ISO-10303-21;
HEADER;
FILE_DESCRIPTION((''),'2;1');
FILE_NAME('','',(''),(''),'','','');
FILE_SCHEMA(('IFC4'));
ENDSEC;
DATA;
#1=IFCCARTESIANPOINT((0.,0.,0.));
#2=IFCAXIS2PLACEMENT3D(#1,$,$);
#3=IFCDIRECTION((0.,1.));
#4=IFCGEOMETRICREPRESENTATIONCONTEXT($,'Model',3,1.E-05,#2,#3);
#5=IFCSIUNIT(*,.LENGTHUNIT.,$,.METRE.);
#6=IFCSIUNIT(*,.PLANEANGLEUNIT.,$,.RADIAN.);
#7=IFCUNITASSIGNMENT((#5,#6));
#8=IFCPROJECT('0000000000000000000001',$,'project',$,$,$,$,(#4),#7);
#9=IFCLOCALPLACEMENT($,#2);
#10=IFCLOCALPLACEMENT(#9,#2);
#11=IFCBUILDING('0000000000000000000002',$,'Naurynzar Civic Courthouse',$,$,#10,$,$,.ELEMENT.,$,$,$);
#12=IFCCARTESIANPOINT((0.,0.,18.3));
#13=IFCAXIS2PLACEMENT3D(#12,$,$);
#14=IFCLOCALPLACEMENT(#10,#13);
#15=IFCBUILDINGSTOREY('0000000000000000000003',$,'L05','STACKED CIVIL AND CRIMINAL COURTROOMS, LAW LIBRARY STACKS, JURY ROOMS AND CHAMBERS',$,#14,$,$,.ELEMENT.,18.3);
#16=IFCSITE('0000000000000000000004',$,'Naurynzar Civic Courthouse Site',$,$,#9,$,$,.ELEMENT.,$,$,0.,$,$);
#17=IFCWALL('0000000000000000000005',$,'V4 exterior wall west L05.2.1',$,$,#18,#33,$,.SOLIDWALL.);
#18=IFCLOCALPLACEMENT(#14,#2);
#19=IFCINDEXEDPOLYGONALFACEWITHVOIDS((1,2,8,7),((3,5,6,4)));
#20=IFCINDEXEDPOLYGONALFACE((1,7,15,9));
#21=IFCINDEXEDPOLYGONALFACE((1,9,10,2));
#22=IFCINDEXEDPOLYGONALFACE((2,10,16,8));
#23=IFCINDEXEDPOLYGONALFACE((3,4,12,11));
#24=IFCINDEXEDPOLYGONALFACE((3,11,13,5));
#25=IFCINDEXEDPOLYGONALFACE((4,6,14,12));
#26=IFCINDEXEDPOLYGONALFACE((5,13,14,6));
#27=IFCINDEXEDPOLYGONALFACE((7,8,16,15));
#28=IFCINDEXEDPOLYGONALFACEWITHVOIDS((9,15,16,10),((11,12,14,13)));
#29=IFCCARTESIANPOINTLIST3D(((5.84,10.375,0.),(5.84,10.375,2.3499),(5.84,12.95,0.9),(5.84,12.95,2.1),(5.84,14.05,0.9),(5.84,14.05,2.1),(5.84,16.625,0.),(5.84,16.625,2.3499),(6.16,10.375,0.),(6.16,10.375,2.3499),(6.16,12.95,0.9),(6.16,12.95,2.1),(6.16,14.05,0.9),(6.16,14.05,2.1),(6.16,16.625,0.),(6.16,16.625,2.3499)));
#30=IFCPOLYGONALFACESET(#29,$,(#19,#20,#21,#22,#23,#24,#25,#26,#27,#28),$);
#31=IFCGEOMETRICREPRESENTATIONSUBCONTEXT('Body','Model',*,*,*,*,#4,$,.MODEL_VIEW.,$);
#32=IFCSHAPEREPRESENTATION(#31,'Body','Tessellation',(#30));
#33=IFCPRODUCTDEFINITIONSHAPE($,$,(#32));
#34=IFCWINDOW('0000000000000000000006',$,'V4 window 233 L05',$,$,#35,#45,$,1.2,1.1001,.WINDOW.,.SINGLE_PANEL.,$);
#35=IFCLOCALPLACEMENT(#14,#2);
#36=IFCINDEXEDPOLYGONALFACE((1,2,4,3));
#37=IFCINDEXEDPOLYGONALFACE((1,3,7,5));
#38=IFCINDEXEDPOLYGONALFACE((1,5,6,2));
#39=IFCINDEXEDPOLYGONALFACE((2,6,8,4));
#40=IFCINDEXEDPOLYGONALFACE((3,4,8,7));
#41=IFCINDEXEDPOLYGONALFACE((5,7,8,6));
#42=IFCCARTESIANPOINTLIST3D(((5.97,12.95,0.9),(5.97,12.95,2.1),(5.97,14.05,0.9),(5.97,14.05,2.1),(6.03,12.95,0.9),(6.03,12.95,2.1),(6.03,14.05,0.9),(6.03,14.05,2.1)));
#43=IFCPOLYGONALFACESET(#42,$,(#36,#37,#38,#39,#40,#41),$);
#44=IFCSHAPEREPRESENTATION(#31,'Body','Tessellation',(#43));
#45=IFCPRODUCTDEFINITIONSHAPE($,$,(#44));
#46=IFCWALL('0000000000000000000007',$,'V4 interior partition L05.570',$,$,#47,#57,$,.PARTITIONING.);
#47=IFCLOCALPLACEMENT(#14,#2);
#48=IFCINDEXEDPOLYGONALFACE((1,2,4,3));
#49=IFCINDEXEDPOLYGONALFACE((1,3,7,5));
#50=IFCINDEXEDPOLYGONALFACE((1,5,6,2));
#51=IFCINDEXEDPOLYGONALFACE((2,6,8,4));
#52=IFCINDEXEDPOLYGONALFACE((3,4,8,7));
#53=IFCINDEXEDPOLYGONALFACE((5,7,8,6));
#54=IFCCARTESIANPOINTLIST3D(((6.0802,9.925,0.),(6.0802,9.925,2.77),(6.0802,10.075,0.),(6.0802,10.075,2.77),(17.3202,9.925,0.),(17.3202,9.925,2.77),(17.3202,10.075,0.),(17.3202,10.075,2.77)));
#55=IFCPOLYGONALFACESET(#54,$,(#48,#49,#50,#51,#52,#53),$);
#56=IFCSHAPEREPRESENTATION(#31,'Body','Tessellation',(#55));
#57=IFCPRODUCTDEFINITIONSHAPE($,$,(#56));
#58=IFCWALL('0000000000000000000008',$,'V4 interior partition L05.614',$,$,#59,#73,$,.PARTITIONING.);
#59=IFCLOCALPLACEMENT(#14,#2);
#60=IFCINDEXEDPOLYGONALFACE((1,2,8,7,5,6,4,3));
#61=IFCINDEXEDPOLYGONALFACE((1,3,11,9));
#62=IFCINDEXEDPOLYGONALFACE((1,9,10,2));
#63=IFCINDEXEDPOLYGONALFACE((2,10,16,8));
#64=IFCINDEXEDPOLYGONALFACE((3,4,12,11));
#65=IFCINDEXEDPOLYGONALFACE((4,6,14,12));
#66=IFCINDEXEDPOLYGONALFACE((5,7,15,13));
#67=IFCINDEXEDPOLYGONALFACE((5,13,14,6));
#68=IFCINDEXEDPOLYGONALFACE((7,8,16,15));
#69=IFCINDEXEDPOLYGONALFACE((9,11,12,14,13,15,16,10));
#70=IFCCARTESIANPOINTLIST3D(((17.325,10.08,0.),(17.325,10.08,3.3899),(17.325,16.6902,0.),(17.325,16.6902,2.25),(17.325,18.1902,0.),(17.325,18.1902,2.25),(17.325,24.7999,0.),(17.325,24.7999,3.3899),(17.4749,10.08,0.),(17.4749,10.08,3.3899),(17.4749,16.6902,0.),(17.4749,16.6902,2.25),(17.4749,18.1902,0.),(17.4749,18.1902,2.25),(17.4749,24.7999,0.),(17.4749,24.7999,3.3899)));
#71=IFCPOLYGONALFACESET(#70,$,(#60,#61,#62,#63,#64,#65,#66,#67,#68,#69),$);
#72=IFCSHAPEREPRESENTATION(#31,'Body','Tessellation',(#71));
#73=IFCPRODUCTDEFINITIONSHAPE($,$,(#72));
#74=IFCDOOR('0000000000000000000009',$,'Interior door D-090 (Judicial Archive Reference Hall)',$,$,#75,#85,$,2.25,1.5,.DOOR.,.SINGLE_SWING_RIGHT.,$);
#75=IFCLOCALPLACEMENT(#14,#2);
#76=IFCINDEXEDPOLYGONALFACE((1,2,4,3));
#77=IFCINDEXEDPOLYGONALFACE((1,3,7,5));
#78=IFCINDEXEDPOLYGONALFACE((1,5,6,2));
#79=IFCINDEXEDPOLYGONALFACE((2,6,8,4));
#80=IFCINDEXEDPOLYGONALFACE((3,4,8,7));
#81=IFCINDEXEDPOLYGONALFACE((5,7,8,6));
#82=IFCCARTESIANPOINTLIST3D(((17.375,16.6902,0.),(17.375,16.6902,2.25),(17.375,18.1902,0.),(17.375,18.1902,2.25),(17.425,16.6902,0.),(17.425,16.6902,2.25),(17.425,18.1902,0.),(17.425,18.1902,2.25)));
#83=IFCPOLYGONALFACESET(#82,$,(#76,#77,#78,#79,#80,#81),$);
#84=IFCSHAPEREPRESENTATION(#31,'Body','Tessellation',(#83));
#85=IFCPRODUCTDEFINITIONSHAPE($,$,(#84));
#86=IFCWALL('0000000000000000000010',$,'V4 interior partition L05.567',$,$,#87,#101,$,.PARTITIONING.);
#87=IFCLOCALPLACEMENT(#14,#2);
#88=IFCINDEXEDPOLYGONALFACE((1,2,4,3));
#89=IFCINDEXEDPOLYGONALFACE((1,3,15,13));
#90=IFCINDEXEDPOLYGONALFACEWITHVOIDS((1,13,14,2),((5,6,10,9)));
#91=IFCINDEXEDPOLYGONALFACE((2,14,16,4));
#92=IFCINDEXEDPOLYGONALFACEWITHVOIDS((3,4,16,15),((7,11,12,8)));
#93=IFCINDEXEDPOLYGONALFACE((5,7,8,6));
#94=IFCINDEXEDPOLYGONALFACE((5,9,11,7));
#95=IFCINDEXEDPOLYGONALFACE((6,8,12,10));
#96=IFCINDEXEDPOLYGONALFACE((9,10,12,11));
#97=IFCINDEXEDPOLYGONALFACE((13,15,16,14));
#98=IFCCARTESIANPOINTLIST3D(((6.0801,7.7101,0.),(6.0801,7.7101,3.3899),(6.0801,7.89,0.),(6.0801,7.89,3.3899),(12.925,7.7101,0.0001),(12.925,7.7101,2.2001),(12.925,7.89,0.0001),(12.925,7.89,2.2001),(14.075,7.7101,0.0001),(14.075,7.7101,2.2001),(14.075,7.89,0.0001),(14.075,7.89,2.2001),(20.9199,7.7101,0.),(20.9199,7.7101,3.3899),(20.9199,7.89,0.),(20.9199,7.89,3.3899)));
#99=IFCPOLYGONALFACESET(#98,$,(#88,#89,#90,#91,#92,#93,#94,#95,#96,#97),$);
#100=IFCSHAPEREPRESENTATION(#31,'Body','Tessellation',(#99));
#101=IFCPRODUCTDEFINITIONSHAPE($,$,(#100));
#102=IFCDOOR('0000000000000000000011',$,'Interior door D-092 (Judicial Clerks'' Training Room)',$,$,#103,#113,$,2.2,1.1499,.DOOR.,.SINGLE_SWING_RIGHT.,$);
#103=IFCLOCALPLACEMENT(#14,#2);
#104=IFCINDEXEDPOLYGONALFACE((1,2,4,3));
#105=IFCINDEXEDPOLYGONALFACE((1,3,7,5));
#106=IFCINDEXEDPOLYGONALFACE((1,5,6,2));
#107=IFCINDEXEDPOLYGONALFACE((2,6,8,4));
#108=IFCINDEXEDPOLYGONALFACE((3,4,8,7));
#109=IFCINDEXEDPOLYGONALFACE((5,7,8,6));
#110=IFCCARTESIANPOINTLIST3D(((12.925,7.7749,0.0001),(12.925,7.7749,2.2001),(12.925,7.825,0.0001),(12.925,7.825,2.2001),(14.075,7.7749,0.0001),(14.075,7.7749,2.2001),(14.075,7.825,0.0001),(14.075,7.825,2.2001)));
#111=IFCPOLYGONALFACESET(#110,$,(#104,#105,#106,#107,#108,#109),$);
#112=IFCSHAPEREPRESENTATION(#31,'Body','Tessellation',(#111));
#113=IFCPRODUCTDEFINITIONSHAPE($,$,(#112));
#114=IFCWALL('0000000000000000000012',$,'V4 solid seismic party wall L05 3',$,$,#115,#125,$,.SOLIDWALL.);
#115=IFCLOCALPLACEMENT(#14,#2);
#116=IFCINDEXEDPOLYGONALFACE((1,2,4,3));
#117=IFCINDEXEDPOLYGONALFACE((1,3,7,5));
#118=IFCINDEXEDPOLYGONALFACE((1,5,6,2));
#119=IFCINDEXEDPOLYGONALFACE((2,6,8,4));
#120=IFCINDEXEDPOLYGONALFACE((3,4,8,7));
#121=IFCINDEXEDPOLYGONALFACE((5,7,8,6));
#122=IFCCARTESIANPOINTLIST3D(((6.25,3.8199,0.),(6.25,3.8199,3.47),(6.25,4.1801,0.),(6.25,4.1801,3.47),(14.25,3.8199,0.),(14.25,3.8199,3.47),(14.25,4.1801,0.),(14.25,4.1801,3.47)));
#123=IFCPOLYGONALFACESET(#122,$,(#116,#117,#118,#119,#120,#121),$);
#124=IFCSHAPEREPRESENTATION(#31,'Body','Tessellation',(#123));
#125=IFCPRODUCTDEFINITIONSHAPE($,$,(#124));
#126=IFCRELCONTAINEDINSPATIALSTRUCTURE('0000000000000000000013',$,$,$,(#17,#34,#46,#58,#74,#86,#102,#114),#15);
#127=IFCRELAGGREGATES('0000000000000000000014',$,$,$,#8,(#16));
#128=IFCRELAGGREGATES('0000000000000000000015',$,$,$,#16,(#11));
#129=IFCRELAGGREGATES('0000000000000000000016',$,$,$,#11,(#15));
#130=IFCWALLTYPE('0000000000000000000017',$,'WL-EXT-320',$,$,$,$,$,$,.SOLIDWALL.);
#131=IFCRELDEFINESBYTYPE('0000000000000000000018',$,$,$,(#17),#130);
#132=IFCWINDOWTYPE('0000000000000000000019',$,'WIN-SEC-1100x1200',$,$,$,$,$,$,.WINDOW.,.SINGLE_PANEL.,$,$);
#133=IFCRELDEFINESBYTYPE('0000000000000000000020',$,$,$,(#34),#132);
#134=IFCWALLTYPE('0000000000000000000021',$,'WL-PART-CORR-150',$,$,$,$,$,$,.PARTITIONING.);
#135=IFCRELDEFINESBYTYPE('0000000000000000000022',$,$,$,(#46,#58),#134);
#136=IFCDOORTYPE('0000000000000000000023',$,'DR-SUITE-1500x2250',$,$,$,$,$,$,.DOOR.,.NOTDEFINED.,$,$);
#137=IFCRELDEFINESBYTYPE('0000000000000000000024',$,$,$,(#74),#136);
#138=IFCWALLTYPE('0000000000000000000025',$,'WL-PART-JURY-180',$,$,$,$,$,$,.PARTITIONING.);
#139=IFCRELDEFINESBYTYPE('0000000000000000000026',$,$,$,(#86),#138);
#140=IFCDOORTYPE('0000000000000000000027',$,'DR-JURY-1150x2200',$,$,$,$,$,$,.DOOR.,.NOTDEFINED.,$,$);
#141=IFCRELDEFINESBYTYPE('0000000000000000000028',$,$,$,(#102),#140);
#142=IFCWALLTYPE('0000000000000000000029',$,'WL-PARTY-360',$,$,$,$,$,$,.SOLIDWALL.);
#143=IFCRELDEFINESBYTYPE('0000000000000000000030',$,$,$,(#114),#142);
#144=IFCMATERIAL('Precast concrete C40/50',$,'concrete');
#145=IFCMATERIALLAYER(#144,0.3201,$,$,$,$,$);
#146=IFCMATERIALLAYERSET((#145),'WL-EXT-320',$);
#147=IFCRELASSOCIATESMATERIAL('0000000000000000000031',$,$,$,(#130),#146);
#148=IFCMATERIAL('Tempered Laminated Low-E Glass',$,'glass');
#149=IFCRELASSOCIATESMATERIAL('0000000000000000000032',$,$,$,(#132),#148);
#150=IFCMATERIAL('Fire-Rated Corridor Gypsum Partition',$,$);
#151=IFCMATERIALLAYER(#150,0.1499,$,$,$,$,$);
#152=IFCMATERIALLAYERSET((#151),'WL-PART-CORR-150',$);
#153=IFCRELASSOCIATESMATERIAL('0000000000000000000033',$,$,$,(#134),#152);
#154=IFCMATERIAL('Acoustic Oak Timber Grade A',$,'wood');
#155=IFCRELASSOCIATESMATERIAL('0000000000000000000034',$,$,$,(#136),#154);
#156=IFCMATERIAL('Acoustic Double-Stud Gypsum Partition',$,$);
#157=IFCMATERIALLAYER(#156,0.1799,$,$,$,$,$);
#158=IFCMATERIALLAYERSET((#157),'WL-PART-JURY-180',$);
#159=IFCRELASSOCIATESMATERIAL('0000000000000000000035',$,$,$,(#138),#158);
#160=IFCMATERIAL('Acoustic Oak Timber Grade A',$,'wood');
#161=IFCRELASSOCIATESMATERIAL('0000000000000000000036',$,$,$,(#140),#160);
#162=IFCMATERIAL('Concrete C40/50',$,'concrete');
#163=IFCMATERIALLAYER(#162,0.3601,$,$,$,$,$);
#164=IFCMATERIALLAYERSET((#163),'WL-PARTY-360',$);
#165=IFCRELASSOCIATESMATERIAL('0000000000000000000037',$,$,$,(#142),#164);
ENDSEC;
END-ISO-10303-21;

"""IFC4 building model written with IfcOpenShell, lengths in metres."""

from ifc_helpers import new_model, si_unit, direction, frame, frame_2d, origin, place, context, subcontext, project, spatial, rectangle, extrude, material, layer, layer_set, type_object, element, fill, save


model = new_model("IFC4")

# Units and contexts
model_context = context("Model", 3, precision=1e-05, world=origin(), true_north=direction((0.0, 1.0)))
body_context = subcontext(model_context, "Body", "Model", "MODEL_VIEW")
ifc_project = project(units=[si_unit("LENGTHUNIT", "METRE"), si_unit("PLANEANGLEUNIT", "RADIAN")], contexts=[model_context])

# Site, building, storey
site_placement = place(None, origin())
site = spatial("IfcSite", under=ifc_project, at=site_placement, Name="Naurynzar Civic Courthouse Site", CompositionType="ELEMENT", RefElevation=0.0)
building_placement = place(site_placement, origin())
building = spatial("IfcBuilding", under=site, at=building_placement, Name="Naurynzar Civic Courthouse", CompositionType="ELEMENT")
storey_placement = place(building_placement, frame((0.0, 0.0, 18.3)))
storey = spatial("IfcBuildingStorey", under=building, at=storey_placement, Name="L05", Description="STACKED CIVIL AND CRIMINAL COURTROOMS, LAW LIBRARY STACKS, JURY ROOMS AND CHAMBERS", CompositionType="ELEMENT", Elevation=18.3)

# Wall, opening, window
ifc_material_1 = material(Name="Precast concrete C40/50", Category="concrete")
ifc_layer_1 = layer(ifc_material_1, 0.3201)
ifc_layer_set_1 = layer_set([ifc_layer_1], Name="WL-EXT-320")
wall_type_1 = type_object("IfcWallType", Name="WL-EXT-320", PredefinedType="SOLIDWALL", material=ifc_layer_set_1)
wall_1_placement = place(storey_placement, frame((6.0, 10.375, 0.0), z_axis=(0.0, 0.0, 1.0), x_axis=(0.0, 1.0, 0.0)))
wall_1 = element("IfcWall", 1, at=wall_1_placement, inside=storey, type_object=wall_type_1, Name="V4 exterior wall west L05.2.1", PredefinedType="SOLIDWALL", context=body_context, shape_type="SweptSolid", body=[
    extrude(rectangle(XDim=6.25, YDim=0.3201, at=frame_2d((3.125, 0.0))), origin(), (0.0, 0.0, 1.0), 2.3499),
])
opening_1_placement = place(wall_1_placement, frame((2.575, 0.0, 0.8999)))
opening_1 = element("IfcOpeningElement", 2, at=opening_1_placement, cuts=wall_1, PredefinedType="OPENING", context=body_context, shape_type="SweptSolid", body=[
    extrude(rectangle(XDim=1.1001, YDim=1.2, at=frame_2d((0.55, 0.6001))), frame((0.0, 0.1699, 0.0), z_axis=(0.0, -1.0, 0.0), x_axis=(1.0, 0.0, 0.0)), (0.0, 0.0, 1.0), 0.3401),
])
ifc_material_2 = material(Name="Tempered Laminated Low-E Glass", Category="glass")
window_type = type_object("IfcWindowType", Name="WIN-SEC-1100x1200", PartitioningType="SINGLE_PANEL", PredefinedType="WINDOW", material=ifc_material_2)
window_placement = place(opening_1_placement, origin())
window = element("IfcWindow", 3, at=window_placement, inside=storey, type_object=window_type, Name="V4 window 233 L05", OverallHeight=1.2, OverallWidth=1.1001, PartitioningType="SINGLE_PANEL", PredefinedType="WINDOW", context=body_context, shape_type="SweptSolid", body=[
    extrude(rectangle(XDim=1.1001, YDim=1.2, at=frame_2d((0.55, 0.6001))), frame((0.0, 0.03, 0.0), z_axis=(0.0, -1.0, 0.0), x_axis=(1.0, 0.0, 0.0)), (0.0, 0.0, 1.0), 0.0601),
])
fill(opening_1, window)

# Wall
ifc_material_3 = material(Name="Fire-Rated Corridor Gypsum Partition")
ifc_layer_2 = layer(ifc_material_3, 0.1499)
ifc_layer_set_2 = layer_set([ifc_layer_2], Name="WL-PART-CORR-150")
wall_type_2 = type_object("IfcWallType", Name="WL-PART-CORR-150", PredefinedType="PARTITIONING", material=ifc_layer_set_2)
wall_2_placement = place(storey_placement, frame((6.0801, 10.0, 0.0), z_axis=(0.0, 0.0, 1.0), x_axis=(1.0, 0.0, 0.0)))
element("IfcWall", 4, at=wall_2_placement, inside=storey, type_object=wall_type_2, Name="V4 interior partition L05.570", PredefinedType="PARTITIONING", context=body_context, shape_type="SweptSolid", body=[
    extrude(rectangle(XDim=11.24, YDim=0.1499, at=frame_2d((5.6201, 0.0))), origin(), (0.0, 0.0, 1.0), 2.77),
])

# Walls, openings, doors
wall_3_placement = place(storey_placement, frame((17.3999, 10.0801, 0.0), z_axis=(0.0, 0.0, 1.0), x_axis=(0.0, 1.0, 0.0)))
wall_3 = element("IfcWall", 5, at=wall_3_placement, inside=storey, type_object=wall_type_2, Name="V4 interior partition L05.614", PredefinedType="PARTITIONING", context=body_context, shape_type="SweptSolid", body=[
    extrude(rectangle(XDim=14.72, YDim=0.1499, at=frame_2d((7.3599, 0.0))), origin(), (0.0, 0.0, 1.0), 3.3899),
])
opening_2_placement = place(wall_3_placement, frame((6.6101, 0.0, 0.0)))
opening_2 = element("IfcOpeningElement", 6, at=opening_2_placement, cuts=wall_3, PredefinedType="OPENING", context=body_context, shape_type="SweptSolid", body=[
    extrude(rectangle(XDim=1.5, YDim=2.25, at=frame_2d((0.75, 1.125))), frame((0.0, 0.085, 0.0), z_axis=(0.0, -1.0, 0.0), x_axis=(1.0, 0.0, 0.0)), (0.0, 0.0, 1.0), 0.1699),
])
ifc_material_4 = material(Name="Acoustic Oak Timber Grade A", Category="wood")
door_type_1 = type_object("IfcDoorType", Name="DR-SUITE-1500x2250", OperationType="NOTDEFINED", PredefinedType="DOOR", material=ifc_material_4)
door_1_placement = place(opening_2_placement, origin())
door_1 = element("IfcDoor", 7, at=door_1_placement, inside=storey, type_object=door_type_1, Name="Interior door D-090 (Judicial Archive Reference Hall)", OperationType="SINGLE_SWING_RIGHT", OverallHeight=2.25, OverallWidth=1.5, PredefinedType="DOOR", context=body_context, shape_type="SweptSolid", body=[
    extrude(rectangle(XDim=1.5, YDim=2.25, at=frame_2d((0.75, 1.125))), frame((0.0, 0.0249, 0.0), z_axis=(0.0, -1.0, 0.0), x_axis=(1.0, 0.0, 0.0)), (0.0, 0.0, 1.0), 0.05),
])
fill(opening_2, door_1)
ifc_material_5 = material(Name="Acoustic Double-Stud Gypsum Partition")
ifc_layer_3 = layer(ifc_material_5, 0.1799)
ifc_layer_set_3 = layer_set([ifc_layer_3], Name="WL-PART-JURY-180")
wall_type_3 = type_object("IfcWallType", Name="WL-PART-JURY-180", PredefinedType="PARTITIONING", material=ifc_layer_set_3)
wall_4_placement = place(storey_placement, frame((6.0801, 7.8, 0.0), z_axis=(0.0, 0.0, 1.0), x_axis=(1.0, 0.0, 0.0)))
wall_4 = element("IfcWall", 8, at=wall_4_placement, inside=storey, type_object=wall_type_3, Name="V4 interior partition L05.567", PredefinedType="PARTITIONING", context=body_context, shape_type="SweptSolid", body=[
    extrude(rectangle(XDim=14.8398, YDim=0.1799, at=frame_2d((7.4199, 0.0))), origin(), (0.0, 0.0, 1.0), 3.3899),
])
opening_3_placement = place(wall_4_placement, frame((6.845, 0.0, 0.0)))
opening_3 = element("IfcOpeningElement", 9, at=opening_3_placement, cuts=wall_4, PredefinedType="OPENING", context=body_context, shape_type="SweptSolid", body=[
    extrude(rectangle(XDim=1.1499, YDim=2.2, at=frame_2d((0.575, 1.1001))), frame((0.0, 0.0999, 0.0), z_axis=(0.0, -1.0, 0.0), x_axis=(1.0, 0.0, 0.0)), (0.0, 0.0, 1.0), 0.2),
])
ifc_material_6 = material(Name="Acoustic Oak Timber Grade A", Category="wood")
door_type_2 = type_object("IfcDoorType", Name="DR-JURY-1150x2200", OperationType="NOTDEFINED", PredefinedType="DOOR", material=ifc_material_6)
door_2_placement = place(opening_3_placement, origin())
door_2 = element("IfcDoor", 10, at=door_2_placement, inside=storey, type_object=door_type_2, Name="Interior door D-092 (Judicial Clerks' Training Room)", OperationType="SINGLE_SWING_RIGHT", OverallHeight=2.2, OverallWidth=1.1499, PredefinedType="DOOR", context=body_context, shape_type="SweptSolid", body=[
    extrude(rectangle(XDim=1.1499, YDim=2.2, at=frame_2d((0.575, 1.1001))), frame((0.0, 0.0249, 0.0), z_axis=(0.0, -1.0, 0.0), x_axis=(1.0, 0.0, 0.0)), (0.0, 0.0, 1.0), 0.05),
])
fill(opening_3, door_2)

# Wall
ifc_material_7 = material(Name="Concrete C40/50", Category="concrete")
ifc_layer_4 = layer(ifc_material_7, 0.3601)
ifc_layer_set_4 = layer_set([ifc_layer_4], Name="WL-PARTY-360")
wall_type_4 = type_object("IfcWallType", Name="WL-PARTY-360", PredefinedType="SOLIDWALL", material=ifc_layer_set_4)
wall_5_placement = place(storey_placement, frame((14.25, 4.0, 0.0), z_axis=(0.0, 0.0, 1.0), x_axis=(-1.0, 0.0, 0.0)))
element("IfcWall", 11, at=wall_5_placement, inside=storey, type_object=wall_type_4, Name="V4 solid seismic party wall L05 3", PredefinedType="SOLIDWALL", context=body_context, shape_type="SweptSolid", body=[
    extrude(rectangle(XDim=8.0, YDim=0.3601, at=frame_2d((4.0, 0.0))), origin(), (0.0, 0.0, 1.0), 3.47),
])

save(model, "model.ifc")
